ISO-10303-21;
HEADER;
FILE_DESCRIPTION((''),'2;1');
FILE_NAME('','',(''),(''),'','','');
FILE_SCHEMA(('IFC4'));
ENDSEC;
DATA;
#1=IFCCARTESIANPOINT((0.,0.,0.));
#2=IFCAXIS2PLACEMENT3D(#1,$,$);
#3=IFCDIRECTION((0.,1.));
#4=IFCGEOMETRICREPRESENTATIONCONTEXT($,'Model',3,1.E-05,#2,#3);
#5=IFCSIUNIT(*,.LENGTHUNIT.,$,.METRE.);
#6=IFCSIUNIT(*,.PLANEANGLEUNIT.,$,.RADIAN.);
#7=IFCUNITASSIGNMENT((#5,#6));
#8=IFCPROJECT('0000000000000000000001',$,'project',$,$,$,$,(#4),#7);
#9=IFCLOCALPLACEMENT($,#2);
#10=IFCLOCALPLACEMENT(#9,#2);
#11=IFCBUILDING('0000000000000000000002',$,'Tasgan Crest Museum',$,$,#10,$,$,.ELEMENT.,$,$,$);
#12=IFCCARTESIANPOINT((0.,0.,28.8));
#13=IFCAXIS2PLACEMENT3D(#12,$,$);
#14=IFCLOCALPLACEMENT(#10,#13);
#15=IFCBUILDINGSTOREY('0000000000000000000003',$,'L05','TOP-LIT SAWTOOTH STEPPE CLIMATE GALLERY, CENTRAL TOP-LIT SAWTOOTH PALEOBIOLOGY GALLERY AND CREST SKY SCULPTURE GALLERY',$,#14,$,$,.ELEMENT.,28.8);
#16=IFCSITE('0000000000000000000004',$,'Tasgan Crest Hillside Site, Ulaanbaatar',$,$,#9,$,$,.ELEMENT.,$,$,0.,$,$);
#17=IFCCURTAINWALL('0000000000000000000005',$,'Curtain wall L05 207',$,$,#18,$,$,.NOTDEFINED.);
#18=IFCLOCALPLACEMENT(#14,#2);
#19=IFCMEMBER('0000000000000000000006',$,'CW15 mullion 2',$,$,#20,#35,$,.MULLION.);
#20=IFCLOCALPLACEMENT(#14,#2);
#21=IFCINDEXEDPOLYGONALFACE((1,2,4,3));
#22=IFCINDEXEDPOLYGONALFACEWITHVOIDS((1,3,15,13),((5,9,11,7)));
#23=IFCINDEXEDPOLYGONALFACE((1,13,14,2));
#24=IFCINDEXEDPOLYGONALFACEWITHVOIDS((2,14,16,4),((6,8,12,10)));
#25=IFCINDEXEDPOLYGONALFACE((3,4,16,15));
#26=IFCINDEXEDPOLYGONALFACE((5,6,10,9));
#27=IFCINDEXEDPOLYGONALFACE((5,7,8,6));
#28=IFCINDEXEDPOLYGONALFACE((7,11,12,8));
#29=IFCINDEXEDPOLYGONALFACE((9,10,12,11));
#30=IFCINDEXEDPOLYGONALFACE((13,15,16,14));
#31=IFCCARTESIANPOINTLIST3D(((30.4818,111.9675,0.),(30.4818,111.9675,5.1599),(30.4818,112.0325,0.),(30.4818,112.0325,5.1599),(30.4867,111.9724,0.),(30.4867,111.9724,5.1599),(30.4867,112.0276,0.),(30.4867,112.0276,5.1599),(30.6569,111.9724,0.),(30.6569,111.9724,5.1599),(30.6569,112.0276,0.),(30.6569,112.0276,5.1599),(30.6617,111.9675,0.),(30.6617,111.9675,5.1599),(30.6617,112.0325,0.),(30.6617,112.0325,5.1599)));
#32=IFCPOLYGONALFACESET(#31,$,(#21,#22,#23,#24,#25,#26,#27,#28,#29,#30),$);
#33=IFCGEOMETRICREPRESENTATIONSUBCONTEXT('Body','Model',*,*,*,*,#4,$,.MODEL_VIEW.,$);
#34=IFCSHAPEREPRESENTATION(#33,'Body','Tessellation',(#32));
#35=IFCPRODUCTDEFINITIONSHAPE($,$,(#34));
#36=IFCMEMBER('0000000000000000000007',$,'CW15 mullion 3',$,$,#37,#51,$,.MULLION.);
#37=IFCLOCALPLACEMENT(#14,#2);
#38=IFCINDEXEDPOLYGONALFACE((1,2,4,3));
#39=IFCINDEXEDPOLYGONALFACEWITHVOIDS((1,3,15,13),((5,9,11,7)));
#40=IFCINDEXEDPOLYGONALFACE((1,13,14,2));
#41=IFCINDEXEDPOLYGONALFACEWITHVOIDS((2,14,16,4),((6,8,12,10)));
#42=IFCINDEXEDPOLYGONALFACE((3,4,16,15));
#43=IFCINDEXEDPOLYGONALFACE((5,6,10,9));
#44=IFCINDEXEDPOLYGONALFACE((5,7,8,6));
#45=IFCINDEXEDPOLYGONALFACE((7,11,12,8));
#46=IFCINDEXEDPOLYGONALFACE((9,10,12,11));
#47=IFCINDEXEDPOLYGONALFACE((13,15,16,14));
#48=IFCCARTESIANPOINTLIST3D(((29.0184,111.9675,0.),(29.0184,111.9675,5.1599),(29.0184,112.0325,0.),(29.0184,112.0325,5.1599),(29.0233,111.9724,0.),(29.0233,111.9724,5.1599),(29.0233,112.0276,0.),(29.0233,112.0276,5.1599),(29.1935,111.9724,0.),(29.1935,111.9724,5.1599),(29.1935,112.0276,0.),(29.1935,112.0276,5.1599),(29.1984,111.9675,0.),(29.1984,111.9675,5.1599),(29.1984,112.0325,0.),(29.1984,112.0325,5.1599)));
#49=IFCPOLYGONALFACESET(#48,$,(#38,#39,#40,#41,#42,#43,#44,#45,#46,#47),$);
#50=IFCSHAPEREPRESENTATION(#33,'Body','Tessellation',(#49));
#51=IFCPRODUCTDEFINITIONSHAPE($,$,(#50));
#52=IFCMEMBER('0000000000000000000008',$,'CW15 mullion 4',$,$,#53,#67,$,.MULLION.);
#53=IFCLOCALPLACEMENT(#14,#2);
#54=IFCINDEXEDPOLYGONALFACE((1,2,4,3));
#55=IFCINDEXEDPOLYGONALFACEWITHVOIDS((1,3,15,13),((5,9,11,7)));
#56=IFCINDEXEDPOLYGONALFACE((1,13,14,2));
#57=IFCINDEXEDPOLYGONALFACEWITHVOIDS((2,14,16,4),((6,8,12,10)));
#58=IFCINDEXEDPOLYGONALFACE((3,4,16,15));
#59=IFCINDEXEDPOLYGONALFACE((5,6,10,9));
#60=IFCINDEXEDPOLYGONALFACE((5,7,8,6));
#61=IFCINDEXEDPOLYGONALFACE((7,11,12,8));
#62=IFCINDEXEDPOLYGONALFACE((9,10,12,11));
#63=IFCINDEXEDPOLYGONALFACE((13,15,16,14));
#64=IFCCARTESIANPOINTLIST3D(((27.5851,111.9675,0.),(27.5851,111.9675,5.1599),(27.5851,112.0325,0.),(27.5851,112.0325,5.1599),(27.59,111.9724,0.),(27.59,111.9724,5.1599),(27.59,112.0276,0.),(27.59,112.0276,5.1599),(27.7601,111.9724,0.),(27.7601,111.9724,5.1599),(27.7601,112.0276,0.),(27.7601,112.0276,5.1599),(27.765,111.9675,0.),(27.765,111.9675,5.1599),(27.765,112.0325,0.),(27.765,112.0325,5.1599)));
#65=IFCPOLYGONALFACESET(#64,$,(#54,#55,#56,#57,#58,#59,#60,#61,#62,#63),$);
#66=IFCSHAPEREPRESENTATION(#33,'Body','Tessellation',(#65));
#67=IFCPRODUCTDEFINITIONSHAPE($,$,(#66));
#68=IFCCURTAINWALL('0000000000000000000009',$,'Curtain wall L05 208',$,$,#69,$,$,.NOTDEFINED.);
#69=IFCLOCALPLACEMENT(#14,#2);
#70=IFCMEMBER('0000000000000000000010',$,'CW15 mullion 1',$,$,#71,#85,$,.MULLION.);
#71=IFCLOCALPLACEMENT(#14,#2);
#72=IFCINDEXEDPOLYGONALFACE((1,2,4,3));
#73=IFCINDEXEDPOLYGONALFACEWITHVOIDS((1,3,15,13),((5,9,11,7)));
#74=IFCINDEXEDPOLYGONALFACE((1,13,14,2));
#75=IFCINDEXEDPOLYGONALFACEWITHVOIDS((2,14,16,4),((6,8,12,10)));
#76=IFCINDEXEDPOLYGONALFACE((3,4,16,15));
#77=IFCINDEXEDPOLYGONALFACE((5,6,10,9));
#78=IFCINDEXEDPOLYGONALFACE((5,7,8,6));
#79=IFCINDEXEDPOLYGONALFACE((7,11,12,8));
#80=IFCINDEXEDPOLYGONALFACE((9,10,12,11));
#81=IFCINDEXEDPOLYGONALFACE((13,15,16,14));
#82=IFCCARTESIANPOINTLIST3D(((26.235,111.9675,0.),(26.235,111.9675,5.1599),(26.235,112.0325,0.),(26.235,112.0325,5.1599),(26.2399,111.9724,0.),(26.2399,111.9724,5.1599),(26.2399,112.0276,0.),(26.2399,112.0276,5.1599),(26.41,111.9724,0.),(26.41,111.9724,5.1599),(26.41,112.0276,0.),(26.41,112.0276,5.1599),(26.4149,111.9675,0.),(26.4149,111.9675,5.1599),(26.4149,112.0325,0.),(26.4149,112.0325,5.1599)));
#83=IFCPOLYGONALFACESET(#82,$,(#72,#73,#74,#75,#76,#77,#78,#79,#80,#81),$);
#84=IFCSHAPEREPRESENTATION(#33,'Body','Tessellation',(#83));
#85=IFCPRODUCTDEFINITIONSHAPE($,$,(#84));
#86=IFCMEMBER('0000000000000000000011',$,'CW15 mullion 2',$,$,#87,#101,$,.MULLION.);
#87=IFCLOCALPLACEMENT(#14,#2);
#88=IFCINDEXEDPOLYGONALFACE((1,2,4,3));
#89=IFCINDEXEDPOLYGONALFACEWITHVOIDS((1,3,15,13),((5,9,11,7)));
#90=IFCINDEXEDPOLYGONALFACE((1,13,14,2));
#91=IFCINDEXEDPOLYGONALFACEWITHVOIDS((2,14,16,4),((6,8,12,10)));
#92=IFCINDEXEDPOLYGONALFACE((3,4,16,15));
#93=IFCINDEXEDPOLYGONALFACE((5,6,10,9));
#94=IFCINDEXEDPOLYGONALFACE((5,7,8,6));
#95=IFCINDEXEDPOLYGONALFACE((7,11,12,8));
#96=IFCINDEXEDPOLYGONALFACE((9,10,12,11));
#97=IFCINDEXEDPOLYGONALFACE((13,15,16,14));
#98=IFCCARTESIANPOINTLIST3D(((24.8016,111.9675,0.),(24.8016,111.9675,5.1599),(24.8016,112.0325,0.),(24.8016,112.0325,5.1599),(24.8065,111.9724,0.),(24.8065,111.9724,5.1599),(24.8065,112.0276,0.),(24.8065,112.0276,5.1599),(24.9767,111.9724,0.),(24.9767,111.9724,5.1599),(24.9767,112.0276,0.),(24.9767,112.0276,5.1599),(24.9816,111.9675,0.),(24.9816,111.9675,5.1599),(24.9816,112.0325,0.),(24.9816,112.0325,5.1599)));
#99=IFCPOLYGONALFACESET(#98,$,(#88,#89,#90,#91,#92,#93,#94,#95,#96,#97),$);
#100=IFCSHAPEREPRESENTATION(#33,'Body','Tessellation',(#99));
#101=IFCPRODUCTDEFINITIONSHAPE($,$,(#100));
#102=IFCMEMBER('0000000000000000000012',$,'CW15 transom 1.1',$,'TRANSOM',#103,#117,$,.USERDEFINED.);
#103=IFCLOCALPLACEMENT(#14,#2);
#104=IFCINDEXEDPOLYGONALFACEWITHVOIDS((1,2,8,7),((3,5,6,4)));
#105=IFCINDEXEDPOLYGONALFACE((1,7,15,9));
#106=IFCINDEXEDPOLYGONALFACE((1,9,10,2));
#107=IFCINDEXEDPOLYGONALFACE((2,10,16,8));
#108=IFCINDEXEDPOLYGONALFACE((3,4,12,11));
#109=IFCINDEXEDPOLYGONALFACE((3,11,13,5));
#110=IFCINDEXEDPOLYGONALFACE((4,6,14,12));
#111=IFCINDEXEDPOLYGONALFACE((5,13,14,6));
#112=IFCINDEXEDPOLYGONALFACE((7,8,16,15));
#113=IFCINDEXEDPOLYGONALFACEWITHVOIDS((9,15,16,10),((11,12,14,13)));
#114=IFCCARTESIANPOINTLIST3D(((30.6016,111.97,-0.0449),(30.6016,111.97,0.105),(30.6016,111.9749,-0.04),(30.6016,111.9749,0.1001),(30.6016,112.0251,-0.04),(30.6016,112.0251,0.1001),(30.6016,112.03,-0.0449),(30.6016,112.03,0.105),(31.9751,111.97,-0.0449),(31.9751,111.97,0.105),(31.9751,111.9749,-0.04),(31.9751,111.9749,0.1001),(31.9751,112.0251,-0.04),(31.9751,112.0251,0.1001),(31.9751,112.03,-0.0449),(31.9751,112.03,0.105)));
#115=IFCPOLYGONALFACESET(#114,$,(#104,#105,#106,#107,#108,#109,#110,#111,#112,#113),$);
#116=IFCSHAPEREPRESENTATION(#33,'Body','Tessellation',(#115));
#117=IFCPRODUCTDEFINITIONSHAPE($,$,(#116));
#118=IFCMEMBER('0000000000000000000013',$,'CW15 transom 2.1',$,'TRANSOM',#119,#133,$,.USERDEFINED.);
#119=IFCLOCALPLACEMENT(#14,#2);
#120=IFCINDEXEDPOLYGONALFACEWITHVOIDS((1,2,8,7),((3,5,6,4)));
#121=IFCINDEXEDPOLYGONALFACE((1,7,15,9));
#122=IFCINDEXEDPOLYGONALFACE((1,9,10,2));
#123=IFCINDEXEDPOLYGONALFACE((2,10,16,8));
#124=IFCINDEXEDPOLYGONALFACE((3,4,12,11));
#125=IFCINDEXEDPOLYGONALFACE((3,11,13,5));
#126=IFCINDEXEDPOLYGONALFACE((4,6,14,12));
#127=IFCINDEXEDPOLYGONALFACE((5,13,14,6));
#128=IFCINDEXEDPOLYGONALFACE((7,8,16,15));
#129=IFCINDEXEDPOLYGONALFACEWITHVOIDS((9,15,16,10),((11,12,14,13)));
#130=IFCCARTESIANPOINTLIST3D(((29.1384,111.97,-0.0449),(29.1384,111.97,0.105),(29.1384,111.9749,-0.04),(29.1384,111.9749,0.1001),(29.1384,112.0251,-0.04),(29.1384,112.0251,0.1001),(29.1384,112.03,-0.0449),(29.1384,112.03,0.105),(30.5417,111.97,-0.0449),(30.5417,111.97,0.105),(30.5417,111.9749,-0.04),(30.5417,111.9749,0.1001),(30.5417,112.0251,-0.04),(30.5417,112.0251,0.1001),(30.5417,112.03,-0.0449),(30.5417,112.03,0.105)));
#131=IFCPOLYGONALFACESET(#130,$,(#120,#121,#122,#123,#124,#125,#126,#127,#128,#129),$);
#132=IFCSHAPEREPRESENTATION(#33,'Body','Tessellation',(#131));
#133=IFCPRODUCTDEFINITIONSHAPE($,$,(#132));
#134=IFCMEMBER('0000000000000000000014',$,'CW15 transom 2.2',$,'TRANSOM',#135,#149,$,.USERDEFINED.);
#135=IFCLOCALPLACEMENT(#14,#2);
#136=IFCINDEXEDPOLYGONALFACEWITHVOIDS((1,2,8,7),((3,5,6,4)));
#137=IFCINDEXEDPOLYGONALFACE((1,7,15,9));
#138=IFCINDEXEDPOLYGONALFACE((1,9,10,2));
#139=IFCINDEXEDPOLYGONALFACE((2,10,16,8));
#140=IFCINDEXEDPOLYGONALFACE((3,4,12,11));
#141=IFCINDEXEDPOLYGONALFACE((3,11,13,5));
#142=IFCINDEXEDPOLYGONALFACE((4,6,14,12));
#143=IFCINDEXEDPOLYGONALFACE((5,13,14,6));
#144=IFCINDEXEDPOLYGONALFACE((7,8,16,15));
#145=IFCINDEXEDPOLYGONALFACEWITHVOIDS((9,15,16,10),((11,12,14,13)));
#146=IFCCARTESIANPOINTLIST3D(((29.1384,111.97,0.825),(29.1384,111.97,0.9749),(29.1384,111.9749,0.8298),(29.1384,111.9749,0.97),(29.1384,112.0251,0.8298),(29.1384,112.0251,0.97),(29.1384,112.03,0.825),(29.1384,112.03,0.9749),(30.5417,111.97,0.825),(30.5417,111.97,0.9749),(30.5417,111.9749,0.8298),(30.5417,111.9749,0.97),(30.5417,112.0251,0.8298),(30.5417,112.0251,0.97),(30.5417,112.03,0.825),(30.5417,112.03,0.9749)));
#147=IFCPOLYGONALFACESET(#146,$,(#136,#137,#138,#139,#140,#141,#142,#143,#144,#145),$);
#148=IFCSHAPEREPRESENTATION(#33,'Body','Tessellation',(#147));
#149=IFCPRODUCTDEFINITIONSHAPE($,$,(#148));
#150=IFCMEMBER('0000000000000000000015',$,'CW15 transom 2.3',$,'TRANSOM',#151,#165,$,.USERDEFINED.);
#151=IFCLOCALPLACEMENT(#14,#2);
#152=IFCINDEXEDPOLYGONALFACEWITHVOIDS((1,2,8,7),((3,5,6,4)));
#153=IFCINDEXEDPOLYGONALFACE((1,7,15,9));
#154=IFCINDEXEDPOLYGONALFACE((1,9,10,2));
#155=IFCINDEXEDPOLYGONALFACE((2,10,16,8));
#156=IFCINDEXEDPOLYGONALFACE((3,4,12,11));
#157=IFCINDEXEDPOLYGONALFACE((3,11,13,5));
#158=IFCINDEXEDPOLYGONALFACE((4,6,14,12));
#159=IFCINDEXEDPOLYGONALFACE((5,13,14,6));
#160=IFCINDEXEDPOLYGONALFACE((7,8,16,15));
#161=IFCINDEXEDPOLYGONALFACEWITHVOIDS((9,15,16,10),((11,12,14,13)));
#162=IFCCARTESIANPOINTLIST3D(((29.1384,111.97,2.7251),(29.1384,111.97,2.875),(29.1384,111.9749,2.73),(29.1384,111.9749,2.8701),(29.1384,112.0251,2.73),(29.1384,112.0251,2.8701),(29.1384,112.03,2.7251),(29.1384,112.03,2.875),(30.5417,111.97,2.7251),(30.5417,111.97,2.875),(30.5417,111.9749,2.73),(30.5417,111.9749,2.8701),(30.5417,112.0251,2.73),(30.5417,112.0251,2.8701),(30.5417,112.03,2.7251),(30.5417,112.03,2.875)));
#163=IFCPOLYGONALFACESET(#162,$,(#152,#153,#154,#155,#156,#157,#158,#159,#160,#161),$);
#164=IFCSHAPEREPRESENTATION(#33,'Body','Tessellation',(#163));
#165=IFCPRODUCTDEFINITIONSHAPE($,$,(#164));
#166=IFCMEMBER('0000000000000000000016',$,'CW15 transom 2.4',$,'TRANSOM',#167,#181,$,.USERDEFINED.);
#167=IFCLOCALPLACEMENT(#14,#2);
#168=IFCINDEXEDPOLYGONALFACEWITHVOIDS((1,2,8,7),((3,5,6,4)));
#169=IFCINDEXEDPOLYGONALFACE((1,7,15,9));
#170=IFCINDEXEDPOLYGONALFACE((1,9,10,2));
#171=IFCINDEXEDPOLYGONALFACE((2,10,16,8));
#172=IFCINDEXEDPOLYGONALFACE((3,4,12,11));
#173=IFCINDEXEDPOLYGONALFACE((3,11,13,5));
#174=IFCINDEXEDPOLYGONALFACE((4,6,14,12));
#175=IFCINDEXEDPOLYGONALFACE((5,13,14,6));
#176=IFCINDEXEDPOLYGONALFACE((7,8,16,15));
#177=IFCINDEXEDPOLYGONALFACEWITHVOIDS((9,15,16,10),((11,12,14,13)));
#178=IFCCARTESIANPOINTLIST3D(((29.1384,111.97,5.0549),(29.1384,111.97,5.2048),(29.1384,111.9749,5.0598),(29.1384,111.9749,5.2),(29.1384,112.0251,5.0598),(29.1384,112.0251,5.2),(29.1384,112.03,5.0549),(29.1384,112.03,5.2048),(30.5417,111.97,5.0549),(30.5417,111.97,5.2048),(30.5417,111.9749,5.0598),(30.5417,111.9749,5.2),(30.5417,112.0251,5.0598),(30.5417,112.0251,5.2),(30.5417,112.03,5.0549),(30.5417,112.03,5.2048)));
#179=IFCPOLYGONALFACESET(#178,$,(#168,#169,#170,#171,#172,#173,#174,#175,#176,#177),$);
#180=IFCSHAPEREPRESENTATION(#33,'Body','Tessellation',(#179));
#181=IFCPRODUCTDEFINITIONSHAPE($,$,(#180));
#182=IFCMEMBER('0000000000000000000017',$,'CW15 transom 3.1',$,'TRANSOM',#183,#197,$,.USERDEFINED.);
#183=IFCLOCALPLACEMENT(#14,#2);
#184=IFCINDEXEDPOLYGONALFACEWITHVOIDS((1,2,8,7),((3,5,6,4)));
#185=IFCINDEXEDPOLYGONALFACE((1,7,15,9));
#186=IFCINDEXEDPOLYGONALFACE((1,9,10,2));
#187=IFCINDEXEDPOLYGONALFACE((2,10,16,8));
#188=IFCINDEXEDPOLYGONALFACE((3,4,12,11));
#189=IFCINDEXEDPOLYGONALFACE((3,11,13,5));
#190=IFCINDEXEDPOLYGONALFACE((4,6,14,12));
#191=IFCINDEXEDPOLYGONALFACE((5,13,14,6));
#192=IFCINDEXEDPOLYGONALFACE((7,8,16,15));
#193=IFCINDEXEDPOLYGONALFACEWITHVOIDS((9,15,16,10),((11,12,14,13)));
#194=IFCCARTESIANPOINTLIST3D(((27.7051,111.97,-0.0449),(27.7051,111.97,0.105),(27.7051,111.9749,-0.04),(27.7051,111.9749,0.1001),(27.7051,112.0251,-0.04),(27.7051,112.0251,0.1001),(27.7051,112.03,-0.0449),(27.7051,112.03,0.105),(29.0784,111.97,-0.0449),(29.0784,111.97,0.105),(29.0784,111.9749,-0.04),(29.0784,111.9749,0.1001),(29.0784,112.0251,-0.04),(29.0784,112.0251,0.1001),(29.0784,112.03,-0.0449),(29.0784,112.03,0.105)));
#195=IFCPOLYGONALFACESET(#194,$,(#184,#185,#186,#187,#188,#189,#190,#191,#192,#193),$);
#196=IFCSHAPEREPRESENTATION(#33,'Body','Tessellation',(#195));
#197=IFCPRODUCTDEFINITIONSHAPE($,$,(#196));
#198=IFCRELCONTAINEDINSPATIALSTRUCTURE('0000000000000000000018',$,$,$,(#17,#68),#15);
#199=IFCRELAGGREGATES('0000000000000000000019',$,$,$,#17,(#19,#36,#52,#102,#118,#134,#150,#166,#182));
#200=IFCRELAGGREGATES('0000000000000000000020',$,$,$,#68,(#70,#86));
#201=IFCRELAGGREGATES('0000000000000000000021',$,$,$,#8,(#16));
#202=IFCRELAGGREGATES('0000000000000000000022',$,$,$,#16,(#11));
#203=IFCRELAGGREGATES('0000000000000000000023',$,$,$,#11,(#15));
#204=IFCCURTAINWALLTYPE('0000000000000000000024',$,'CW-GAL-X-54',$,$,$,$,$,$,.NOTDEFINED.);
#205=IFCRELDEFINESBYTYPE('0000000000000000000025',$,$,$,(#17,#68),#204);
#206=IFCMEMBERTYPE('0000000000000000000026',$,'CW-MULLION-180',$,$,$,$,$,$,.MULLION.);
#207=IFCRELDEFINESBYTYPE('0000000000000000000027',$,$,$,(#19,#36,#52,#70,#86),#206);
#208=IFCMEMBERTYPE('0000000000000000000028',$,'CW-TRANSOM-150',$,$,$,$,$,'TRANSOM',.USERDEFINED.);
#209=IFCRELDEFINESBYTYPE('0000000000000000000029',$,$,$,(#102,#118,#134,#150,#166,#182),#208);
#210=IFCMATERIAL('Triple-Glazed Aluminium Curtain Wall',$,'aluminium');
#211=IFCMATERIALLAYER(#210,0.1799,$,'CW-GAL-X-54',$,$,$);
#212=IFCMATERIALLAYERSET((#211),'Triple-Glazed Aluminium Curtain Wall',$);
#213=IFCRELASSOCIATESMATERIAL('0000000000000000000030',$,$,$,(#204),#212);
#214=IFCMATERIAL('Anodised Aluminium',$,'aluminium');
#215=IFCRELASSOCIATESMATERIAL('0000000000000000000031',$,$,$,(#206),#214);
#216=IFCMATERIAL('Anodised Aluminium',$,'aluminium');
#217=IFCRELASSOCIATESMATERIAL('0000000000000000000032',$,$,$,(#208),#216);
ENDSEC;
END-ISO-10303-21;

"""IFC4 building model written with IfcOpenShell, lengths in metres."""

from ifc_helpers import new_model, si_unit, direction, frame, origin, origin_2d, place, context, subcontext, project, spatial, hollow_rectangle, extrude, material, layer, layer_set, material_profile, profile_set, type_object, element, aggregate, save


model = new_model("IFC4")

# Units and contexts
model_context = context("Model", 3, precision=1e-05, world=origin(), true_north=direction((0.0, 1.0)))
body_context = subcontext(model_context, "Body", "Model", "MODEL_VIEW")
ifc_project = project(units=[si_unit("LENGTHUNIT", "METRE"), si_unit("PLANEANGLEUNIT", "RADIAN")], contexts=[model_context])

# Site, building, storey
site_placement = place(None, origin())
site = spatial("IfcSite", under=ifc_project, at=site_placement, Name="Tasgan Crest Hillside Site, Ulaanbaatar", CompositionType="ELEMENT", RefElevation=0.0)
building_placement = place(site_placement, origin())
building = spatial("IfcBuilding", under=site, at=building_placement, Name="Tasgan Crest Museum", CompositionType="ELEMENT")
storey_placement = place(building_placement, frame((0.0, 0.0, 28.8)))
storey = spatial("IfcBuildingStorey", under=building, at=storey_placement, Name="L05", Description="TOP-LIT SAWTOOTH STEPPE CLIMATE GALLERY, CENTRAL TOP-LIT SAWTOOTH PALEOBIOLOGY GALLERY AND CREST SKY SCULPTURE GALLERY", CompositionType="ELEMENT", Elevation=28.8)

# Curtain walls, members
ifc_material_1 = material(Name="Triple-Glazed Aluminium Curtain Wall", Category="aluminium")
ifc_layer_1 = layer(ifc_material_1, 0.1799, Name="CW-GAL-X-54")
ifc_layer_set_1 = layer_set([ifc_layer_1], Name="Triple-Glazed Aluminium Curtain Wall")
curtain_wall_type = type_object("IfcCurtainWallType", Name="CW-GAL-X-54", PredefinedType="NOTDEFINED", material=ifc_layer_set_1)
curtain_wall_1_placement = place(storey_placement, origin())
curtain_wall_1 = element("IfcCurtainWall", 1, at=curtain_wall_1_placement, inside=storey, type_object=curtain_wall_type, Name="Curtain wall L05 207", PredefinedType="NOTDEFINED")
ifc_material_2 = material(Name="Anodised Aluminium", Category="aluminium")
ifc_material_profile_1 = material_profile(ifc_material_2, hollow_rectangle(XDim=0.0649, YDim=0.1799, WallThickness=0.0049, at=origin_2d()), Name="ALU MULLION 180x65x5")
ifc_profile_set_1 = profile_set([ifc_material_profile_1], Name="Anodised Aluminium")
member_type_1 = type_object("IfcMemberType", Name="CW-MULLION-180", PredefinedType="MULLION", material=ifc_profile_set_1)
member_1_placement = place(storey_placement, frame((30.5718, 112.0, 0.0), z_axis=(0.0, 0.0, 1.0), x_axis=(0.0, -1.0, 0.0)))
member_1 = element("IfcMember", 2, at=member_1_placement, type_object=member_type_1, Name="CW15 mullion 2", PredefinedType="MULLION", context=body_context, shape_type="SweptSolid", body=[
    extrude(hollow_rectangle(XDim=0.0649, YDim=0.1799, WallThickness=0.0049, at=origin_2d()), origin(), (0.0, 0.0, 1.0), 5.1599),
])
member_2_placement = place(storey_placement, frame((29.1084, 112.0, 0.0), z_axis=(0.0, 0.0, 1.0), x_axis=(0.0, -1.0, 0.0)))
member_2 = element("IfcMember", 3, at=member_2_placement, type_object=member_type_1, Name="CW15 mullion 3", PredefinedType="MULLION", context=body_context, shape_type="SweptSolid", body=[
    extrude(hollow_rectangle(XDim=0.0649, YDim=0.1799, WallThickness=0.0049, at=origin_2d()), origin(), (0.0, 0.0, 1.0), 5.1599),
])
member_3_placement = place(storey_placement, frame((27.675, 112.0, 0.0), z_axis=(0.0, 0.0, 1.0), x_axis=(0.0, -1.0, 0.0)))
member_3 = element("IfcMember", 4, at=member_3_placement, type_object=member_type_1, Name="CW15 mullion 4", PredefinedType="MULLION", context=body_context, shape_type="SweptSolid", body=[
    extrude(hollow_rectangle(XDim=0.0649, YDim=0.1799, WallThickness=0.0049, at=origin_2d()), origin(), (0.0, 0.0, 1.0), 5.1599),
])
curtain_wall_2_placement = place(storey_placement, origin())
curtain_wall_2 = element("IfcCurtainWall", 5, at=curtain_wall_2_placement, inside=storey, type_object=curtain_wall_type, Name="Curtain wall L05 208", PredefinedType="NOTDEFINED")
member_4_placement = place(storey_placement, frame((26.325, 112.0, 0.0), z_axis=(0.0, 0.0, 1.0), x_axis=(0.0, -1.0, 0.0)))
member_4 = element("IfcMember", 6, at=member_4_placement, type_object=member_type_1, Name="CW15 mullion 1", PredefinedType="MULLION", context=body_context, shape_type="SweptSolid", body=[
    extrude(hollow_rectangle(XDim=0.0649, YDim=0.1799, WallThickness=0.0049, at=origin_2d()), origin(), (0.0, 0.0, 1.0), 5.1599),
])
member_5_placement = place(storey_placement, frame((24.8916, 112.0, 0.0), z_axis=(0.0, 0.0, 1.0), x_axis=(0.0, -1.0, 0.0)))
member_5 = element("IfcMember", 7, at=member_5_placement, type_object=member_type_1, Name="CW15 mullion 2", PredefinedType="MULLION", context=body_context, shape_type="SweptSolid", body=[
    extrude(hollow_rectangle(XDim=0.0649, YDim=0.1799, WallThickness=0.0049, at=origin_2d()), origin(), (0.0, 0.0, 1.0), 5.1599),
])

# Members
ifc_material_3 = material(Name="Anodised Aluminium", Category="aluminium")
ifc_material_profile_2 = material_profile(ifc_material_3, hollow_rectangle(XDim=0.0601, YDim=0.1499, WallThickness=0.0049, at=origin_2d()), Name="ALU TRANSOM 150x60x5")
ifc_profile_set_2 = profile_set([ifc_material_profile_2], Name="Anodised Aluminium")
member_type_2 = type_object("IfcMemberType", Name="CW-TRANSOM-150", ElementType="TRANSOM", PredefinedType="USERDEFINED", material=ifc_profile_set_2)
member_6_placement = place(storey_placement, frame((31.9751, 112.0, 0.03), z_axis=(-1.0, 0.0, 0.0), x_axis=(0.0, -1.0, 0.0)))
member_6 = element("IfcMember", 8, at=member_6_placement, type_object=member_type_2, Name="CW15 transom 1.1", ObjectType="TRANSOM", PredefinedType="USERDEFINED", context=body_context, shape_type="SweptSolid", body=[
    extrude(hollow_rectangle(XDim=0.0601, YDim=0.1499, WallThickness=0.0049, at=origin_2d()), origin(), (0.0, 0.0, 1.0), 1.3735),
])
member_7_placement = place(storey_placement, frame((30.5417, 112.0, 0.03), z_axis=(-1.0, 0.0, 0.0), x_axis=(0.0, -1.0, 0.0)))
member_7 = element("IfcMember", 9, at=member_7_placement, type_object=member_type_2, Name="CW15 transom 2.1", ObjectType="TRANSOM", PredefinedType="USERDEFINED", context=body_context, shape_type="SweptSolid", body=[
    extrude(hollow_rectangle(XDim=0.0601, YDim=0.1499, WallThickness=0.0049, at=origin_2d()), origin(), (0.0, 0.0, 1.0), 1.4033),
])
member_8_placement = place(storey_placement, frame((30.5417, 112.0, 0.8999), z_axis=(-1.0, 0.0, 0.0), x_axis=(0.0, -1.0, 0.0)))
member_8 = element("IfcMember", 10, at=member_8_placement, type_object=member_type_2, Name="CW15 transom 2.2", ObjectType="TRANSOM", PredefinedType="USERDEFINED", context=body_context, shape_type="SweptSolid", body=[
    extrude(hollow_rectangle(XDim=0.0601, YDim=0.1499, WallThickness=0.0049, at=origin_2d()), origin(), (0.0, 0.0, 1.0), 1.4033),
])
member_9_placement = place(storey_placement, frame((30.5417, 112.0, 2.8), z_axis=(-1.0, 0.0, 0.0), x_axis=(0.0, -1.0, 0.0)))
member_9 = element("IfcMember", 11, at=member_9_placement, type_object=member_type_2, Name="CW15 transom 2.3", ObjectType="TRANSOM", PredefinedType="USERDEFINED", context=body_context, shape_type="SweptSolid", body=[
    extrude(hollow_rectangle(XDim=0.0601, YDim=0.1499, WallThickness=0.0049, at=origin_2d()), origin(), (0.0, 0.0, 1.0), 1.4033),
])
member_10_placement = place(storey_placement, frame((30.5417, 112.0, 5.1299), z_axis=(-1.0, 0.0, 0.0), x_axis=(0.0, -1.0, 0.0)))
member_10 = element("IfcMember", 12, at=member_10_placement, type_object=member_type_2, Name="CW15 transom 2.4", ObjectType="TRANSOM", PredefinedType="USERDEFINED", context=body_context, shape_type="SweptSolid", body=[
    extrude(hollow_rectangle(XDim=0.0601, YDim=0.1499, WallThickness=0.0049, at=origin_2d()), origin(), (0.0, 0.0, 1.0), 1.4033),
])
member_11_placement = place(storey_placement, frame((29.0784, 112.0, 0.03), z_axis=(-1.0, 0.0, 0.0), x_axis=(0.0, -1.0, 0.0)))
member_11 = element("IfcMember", 13, at=member_11_placement, type_object=member_type_2, Name="CW15 transom 3.1", ObjectType="TRANSOM", PredefinedType="USERDEFINED", context=body_context, shape_type="SweptSolid", body=[
    extrude(hollow_rectangle(XDim=0.0601, YDim=0.1499, WallThickness=0.0049, at=origin_2d()), origin(), (0.0, 0.0, 1.0), 1.3733),
])

aggregate(curtain_wall_1, [member_1, member_2, member_3, member_6, member_7, member_8, member_9, member_10, member_11])
aggregate(curtain_wall_2, [member_4, member_5])

save(model, "model.ifc")
